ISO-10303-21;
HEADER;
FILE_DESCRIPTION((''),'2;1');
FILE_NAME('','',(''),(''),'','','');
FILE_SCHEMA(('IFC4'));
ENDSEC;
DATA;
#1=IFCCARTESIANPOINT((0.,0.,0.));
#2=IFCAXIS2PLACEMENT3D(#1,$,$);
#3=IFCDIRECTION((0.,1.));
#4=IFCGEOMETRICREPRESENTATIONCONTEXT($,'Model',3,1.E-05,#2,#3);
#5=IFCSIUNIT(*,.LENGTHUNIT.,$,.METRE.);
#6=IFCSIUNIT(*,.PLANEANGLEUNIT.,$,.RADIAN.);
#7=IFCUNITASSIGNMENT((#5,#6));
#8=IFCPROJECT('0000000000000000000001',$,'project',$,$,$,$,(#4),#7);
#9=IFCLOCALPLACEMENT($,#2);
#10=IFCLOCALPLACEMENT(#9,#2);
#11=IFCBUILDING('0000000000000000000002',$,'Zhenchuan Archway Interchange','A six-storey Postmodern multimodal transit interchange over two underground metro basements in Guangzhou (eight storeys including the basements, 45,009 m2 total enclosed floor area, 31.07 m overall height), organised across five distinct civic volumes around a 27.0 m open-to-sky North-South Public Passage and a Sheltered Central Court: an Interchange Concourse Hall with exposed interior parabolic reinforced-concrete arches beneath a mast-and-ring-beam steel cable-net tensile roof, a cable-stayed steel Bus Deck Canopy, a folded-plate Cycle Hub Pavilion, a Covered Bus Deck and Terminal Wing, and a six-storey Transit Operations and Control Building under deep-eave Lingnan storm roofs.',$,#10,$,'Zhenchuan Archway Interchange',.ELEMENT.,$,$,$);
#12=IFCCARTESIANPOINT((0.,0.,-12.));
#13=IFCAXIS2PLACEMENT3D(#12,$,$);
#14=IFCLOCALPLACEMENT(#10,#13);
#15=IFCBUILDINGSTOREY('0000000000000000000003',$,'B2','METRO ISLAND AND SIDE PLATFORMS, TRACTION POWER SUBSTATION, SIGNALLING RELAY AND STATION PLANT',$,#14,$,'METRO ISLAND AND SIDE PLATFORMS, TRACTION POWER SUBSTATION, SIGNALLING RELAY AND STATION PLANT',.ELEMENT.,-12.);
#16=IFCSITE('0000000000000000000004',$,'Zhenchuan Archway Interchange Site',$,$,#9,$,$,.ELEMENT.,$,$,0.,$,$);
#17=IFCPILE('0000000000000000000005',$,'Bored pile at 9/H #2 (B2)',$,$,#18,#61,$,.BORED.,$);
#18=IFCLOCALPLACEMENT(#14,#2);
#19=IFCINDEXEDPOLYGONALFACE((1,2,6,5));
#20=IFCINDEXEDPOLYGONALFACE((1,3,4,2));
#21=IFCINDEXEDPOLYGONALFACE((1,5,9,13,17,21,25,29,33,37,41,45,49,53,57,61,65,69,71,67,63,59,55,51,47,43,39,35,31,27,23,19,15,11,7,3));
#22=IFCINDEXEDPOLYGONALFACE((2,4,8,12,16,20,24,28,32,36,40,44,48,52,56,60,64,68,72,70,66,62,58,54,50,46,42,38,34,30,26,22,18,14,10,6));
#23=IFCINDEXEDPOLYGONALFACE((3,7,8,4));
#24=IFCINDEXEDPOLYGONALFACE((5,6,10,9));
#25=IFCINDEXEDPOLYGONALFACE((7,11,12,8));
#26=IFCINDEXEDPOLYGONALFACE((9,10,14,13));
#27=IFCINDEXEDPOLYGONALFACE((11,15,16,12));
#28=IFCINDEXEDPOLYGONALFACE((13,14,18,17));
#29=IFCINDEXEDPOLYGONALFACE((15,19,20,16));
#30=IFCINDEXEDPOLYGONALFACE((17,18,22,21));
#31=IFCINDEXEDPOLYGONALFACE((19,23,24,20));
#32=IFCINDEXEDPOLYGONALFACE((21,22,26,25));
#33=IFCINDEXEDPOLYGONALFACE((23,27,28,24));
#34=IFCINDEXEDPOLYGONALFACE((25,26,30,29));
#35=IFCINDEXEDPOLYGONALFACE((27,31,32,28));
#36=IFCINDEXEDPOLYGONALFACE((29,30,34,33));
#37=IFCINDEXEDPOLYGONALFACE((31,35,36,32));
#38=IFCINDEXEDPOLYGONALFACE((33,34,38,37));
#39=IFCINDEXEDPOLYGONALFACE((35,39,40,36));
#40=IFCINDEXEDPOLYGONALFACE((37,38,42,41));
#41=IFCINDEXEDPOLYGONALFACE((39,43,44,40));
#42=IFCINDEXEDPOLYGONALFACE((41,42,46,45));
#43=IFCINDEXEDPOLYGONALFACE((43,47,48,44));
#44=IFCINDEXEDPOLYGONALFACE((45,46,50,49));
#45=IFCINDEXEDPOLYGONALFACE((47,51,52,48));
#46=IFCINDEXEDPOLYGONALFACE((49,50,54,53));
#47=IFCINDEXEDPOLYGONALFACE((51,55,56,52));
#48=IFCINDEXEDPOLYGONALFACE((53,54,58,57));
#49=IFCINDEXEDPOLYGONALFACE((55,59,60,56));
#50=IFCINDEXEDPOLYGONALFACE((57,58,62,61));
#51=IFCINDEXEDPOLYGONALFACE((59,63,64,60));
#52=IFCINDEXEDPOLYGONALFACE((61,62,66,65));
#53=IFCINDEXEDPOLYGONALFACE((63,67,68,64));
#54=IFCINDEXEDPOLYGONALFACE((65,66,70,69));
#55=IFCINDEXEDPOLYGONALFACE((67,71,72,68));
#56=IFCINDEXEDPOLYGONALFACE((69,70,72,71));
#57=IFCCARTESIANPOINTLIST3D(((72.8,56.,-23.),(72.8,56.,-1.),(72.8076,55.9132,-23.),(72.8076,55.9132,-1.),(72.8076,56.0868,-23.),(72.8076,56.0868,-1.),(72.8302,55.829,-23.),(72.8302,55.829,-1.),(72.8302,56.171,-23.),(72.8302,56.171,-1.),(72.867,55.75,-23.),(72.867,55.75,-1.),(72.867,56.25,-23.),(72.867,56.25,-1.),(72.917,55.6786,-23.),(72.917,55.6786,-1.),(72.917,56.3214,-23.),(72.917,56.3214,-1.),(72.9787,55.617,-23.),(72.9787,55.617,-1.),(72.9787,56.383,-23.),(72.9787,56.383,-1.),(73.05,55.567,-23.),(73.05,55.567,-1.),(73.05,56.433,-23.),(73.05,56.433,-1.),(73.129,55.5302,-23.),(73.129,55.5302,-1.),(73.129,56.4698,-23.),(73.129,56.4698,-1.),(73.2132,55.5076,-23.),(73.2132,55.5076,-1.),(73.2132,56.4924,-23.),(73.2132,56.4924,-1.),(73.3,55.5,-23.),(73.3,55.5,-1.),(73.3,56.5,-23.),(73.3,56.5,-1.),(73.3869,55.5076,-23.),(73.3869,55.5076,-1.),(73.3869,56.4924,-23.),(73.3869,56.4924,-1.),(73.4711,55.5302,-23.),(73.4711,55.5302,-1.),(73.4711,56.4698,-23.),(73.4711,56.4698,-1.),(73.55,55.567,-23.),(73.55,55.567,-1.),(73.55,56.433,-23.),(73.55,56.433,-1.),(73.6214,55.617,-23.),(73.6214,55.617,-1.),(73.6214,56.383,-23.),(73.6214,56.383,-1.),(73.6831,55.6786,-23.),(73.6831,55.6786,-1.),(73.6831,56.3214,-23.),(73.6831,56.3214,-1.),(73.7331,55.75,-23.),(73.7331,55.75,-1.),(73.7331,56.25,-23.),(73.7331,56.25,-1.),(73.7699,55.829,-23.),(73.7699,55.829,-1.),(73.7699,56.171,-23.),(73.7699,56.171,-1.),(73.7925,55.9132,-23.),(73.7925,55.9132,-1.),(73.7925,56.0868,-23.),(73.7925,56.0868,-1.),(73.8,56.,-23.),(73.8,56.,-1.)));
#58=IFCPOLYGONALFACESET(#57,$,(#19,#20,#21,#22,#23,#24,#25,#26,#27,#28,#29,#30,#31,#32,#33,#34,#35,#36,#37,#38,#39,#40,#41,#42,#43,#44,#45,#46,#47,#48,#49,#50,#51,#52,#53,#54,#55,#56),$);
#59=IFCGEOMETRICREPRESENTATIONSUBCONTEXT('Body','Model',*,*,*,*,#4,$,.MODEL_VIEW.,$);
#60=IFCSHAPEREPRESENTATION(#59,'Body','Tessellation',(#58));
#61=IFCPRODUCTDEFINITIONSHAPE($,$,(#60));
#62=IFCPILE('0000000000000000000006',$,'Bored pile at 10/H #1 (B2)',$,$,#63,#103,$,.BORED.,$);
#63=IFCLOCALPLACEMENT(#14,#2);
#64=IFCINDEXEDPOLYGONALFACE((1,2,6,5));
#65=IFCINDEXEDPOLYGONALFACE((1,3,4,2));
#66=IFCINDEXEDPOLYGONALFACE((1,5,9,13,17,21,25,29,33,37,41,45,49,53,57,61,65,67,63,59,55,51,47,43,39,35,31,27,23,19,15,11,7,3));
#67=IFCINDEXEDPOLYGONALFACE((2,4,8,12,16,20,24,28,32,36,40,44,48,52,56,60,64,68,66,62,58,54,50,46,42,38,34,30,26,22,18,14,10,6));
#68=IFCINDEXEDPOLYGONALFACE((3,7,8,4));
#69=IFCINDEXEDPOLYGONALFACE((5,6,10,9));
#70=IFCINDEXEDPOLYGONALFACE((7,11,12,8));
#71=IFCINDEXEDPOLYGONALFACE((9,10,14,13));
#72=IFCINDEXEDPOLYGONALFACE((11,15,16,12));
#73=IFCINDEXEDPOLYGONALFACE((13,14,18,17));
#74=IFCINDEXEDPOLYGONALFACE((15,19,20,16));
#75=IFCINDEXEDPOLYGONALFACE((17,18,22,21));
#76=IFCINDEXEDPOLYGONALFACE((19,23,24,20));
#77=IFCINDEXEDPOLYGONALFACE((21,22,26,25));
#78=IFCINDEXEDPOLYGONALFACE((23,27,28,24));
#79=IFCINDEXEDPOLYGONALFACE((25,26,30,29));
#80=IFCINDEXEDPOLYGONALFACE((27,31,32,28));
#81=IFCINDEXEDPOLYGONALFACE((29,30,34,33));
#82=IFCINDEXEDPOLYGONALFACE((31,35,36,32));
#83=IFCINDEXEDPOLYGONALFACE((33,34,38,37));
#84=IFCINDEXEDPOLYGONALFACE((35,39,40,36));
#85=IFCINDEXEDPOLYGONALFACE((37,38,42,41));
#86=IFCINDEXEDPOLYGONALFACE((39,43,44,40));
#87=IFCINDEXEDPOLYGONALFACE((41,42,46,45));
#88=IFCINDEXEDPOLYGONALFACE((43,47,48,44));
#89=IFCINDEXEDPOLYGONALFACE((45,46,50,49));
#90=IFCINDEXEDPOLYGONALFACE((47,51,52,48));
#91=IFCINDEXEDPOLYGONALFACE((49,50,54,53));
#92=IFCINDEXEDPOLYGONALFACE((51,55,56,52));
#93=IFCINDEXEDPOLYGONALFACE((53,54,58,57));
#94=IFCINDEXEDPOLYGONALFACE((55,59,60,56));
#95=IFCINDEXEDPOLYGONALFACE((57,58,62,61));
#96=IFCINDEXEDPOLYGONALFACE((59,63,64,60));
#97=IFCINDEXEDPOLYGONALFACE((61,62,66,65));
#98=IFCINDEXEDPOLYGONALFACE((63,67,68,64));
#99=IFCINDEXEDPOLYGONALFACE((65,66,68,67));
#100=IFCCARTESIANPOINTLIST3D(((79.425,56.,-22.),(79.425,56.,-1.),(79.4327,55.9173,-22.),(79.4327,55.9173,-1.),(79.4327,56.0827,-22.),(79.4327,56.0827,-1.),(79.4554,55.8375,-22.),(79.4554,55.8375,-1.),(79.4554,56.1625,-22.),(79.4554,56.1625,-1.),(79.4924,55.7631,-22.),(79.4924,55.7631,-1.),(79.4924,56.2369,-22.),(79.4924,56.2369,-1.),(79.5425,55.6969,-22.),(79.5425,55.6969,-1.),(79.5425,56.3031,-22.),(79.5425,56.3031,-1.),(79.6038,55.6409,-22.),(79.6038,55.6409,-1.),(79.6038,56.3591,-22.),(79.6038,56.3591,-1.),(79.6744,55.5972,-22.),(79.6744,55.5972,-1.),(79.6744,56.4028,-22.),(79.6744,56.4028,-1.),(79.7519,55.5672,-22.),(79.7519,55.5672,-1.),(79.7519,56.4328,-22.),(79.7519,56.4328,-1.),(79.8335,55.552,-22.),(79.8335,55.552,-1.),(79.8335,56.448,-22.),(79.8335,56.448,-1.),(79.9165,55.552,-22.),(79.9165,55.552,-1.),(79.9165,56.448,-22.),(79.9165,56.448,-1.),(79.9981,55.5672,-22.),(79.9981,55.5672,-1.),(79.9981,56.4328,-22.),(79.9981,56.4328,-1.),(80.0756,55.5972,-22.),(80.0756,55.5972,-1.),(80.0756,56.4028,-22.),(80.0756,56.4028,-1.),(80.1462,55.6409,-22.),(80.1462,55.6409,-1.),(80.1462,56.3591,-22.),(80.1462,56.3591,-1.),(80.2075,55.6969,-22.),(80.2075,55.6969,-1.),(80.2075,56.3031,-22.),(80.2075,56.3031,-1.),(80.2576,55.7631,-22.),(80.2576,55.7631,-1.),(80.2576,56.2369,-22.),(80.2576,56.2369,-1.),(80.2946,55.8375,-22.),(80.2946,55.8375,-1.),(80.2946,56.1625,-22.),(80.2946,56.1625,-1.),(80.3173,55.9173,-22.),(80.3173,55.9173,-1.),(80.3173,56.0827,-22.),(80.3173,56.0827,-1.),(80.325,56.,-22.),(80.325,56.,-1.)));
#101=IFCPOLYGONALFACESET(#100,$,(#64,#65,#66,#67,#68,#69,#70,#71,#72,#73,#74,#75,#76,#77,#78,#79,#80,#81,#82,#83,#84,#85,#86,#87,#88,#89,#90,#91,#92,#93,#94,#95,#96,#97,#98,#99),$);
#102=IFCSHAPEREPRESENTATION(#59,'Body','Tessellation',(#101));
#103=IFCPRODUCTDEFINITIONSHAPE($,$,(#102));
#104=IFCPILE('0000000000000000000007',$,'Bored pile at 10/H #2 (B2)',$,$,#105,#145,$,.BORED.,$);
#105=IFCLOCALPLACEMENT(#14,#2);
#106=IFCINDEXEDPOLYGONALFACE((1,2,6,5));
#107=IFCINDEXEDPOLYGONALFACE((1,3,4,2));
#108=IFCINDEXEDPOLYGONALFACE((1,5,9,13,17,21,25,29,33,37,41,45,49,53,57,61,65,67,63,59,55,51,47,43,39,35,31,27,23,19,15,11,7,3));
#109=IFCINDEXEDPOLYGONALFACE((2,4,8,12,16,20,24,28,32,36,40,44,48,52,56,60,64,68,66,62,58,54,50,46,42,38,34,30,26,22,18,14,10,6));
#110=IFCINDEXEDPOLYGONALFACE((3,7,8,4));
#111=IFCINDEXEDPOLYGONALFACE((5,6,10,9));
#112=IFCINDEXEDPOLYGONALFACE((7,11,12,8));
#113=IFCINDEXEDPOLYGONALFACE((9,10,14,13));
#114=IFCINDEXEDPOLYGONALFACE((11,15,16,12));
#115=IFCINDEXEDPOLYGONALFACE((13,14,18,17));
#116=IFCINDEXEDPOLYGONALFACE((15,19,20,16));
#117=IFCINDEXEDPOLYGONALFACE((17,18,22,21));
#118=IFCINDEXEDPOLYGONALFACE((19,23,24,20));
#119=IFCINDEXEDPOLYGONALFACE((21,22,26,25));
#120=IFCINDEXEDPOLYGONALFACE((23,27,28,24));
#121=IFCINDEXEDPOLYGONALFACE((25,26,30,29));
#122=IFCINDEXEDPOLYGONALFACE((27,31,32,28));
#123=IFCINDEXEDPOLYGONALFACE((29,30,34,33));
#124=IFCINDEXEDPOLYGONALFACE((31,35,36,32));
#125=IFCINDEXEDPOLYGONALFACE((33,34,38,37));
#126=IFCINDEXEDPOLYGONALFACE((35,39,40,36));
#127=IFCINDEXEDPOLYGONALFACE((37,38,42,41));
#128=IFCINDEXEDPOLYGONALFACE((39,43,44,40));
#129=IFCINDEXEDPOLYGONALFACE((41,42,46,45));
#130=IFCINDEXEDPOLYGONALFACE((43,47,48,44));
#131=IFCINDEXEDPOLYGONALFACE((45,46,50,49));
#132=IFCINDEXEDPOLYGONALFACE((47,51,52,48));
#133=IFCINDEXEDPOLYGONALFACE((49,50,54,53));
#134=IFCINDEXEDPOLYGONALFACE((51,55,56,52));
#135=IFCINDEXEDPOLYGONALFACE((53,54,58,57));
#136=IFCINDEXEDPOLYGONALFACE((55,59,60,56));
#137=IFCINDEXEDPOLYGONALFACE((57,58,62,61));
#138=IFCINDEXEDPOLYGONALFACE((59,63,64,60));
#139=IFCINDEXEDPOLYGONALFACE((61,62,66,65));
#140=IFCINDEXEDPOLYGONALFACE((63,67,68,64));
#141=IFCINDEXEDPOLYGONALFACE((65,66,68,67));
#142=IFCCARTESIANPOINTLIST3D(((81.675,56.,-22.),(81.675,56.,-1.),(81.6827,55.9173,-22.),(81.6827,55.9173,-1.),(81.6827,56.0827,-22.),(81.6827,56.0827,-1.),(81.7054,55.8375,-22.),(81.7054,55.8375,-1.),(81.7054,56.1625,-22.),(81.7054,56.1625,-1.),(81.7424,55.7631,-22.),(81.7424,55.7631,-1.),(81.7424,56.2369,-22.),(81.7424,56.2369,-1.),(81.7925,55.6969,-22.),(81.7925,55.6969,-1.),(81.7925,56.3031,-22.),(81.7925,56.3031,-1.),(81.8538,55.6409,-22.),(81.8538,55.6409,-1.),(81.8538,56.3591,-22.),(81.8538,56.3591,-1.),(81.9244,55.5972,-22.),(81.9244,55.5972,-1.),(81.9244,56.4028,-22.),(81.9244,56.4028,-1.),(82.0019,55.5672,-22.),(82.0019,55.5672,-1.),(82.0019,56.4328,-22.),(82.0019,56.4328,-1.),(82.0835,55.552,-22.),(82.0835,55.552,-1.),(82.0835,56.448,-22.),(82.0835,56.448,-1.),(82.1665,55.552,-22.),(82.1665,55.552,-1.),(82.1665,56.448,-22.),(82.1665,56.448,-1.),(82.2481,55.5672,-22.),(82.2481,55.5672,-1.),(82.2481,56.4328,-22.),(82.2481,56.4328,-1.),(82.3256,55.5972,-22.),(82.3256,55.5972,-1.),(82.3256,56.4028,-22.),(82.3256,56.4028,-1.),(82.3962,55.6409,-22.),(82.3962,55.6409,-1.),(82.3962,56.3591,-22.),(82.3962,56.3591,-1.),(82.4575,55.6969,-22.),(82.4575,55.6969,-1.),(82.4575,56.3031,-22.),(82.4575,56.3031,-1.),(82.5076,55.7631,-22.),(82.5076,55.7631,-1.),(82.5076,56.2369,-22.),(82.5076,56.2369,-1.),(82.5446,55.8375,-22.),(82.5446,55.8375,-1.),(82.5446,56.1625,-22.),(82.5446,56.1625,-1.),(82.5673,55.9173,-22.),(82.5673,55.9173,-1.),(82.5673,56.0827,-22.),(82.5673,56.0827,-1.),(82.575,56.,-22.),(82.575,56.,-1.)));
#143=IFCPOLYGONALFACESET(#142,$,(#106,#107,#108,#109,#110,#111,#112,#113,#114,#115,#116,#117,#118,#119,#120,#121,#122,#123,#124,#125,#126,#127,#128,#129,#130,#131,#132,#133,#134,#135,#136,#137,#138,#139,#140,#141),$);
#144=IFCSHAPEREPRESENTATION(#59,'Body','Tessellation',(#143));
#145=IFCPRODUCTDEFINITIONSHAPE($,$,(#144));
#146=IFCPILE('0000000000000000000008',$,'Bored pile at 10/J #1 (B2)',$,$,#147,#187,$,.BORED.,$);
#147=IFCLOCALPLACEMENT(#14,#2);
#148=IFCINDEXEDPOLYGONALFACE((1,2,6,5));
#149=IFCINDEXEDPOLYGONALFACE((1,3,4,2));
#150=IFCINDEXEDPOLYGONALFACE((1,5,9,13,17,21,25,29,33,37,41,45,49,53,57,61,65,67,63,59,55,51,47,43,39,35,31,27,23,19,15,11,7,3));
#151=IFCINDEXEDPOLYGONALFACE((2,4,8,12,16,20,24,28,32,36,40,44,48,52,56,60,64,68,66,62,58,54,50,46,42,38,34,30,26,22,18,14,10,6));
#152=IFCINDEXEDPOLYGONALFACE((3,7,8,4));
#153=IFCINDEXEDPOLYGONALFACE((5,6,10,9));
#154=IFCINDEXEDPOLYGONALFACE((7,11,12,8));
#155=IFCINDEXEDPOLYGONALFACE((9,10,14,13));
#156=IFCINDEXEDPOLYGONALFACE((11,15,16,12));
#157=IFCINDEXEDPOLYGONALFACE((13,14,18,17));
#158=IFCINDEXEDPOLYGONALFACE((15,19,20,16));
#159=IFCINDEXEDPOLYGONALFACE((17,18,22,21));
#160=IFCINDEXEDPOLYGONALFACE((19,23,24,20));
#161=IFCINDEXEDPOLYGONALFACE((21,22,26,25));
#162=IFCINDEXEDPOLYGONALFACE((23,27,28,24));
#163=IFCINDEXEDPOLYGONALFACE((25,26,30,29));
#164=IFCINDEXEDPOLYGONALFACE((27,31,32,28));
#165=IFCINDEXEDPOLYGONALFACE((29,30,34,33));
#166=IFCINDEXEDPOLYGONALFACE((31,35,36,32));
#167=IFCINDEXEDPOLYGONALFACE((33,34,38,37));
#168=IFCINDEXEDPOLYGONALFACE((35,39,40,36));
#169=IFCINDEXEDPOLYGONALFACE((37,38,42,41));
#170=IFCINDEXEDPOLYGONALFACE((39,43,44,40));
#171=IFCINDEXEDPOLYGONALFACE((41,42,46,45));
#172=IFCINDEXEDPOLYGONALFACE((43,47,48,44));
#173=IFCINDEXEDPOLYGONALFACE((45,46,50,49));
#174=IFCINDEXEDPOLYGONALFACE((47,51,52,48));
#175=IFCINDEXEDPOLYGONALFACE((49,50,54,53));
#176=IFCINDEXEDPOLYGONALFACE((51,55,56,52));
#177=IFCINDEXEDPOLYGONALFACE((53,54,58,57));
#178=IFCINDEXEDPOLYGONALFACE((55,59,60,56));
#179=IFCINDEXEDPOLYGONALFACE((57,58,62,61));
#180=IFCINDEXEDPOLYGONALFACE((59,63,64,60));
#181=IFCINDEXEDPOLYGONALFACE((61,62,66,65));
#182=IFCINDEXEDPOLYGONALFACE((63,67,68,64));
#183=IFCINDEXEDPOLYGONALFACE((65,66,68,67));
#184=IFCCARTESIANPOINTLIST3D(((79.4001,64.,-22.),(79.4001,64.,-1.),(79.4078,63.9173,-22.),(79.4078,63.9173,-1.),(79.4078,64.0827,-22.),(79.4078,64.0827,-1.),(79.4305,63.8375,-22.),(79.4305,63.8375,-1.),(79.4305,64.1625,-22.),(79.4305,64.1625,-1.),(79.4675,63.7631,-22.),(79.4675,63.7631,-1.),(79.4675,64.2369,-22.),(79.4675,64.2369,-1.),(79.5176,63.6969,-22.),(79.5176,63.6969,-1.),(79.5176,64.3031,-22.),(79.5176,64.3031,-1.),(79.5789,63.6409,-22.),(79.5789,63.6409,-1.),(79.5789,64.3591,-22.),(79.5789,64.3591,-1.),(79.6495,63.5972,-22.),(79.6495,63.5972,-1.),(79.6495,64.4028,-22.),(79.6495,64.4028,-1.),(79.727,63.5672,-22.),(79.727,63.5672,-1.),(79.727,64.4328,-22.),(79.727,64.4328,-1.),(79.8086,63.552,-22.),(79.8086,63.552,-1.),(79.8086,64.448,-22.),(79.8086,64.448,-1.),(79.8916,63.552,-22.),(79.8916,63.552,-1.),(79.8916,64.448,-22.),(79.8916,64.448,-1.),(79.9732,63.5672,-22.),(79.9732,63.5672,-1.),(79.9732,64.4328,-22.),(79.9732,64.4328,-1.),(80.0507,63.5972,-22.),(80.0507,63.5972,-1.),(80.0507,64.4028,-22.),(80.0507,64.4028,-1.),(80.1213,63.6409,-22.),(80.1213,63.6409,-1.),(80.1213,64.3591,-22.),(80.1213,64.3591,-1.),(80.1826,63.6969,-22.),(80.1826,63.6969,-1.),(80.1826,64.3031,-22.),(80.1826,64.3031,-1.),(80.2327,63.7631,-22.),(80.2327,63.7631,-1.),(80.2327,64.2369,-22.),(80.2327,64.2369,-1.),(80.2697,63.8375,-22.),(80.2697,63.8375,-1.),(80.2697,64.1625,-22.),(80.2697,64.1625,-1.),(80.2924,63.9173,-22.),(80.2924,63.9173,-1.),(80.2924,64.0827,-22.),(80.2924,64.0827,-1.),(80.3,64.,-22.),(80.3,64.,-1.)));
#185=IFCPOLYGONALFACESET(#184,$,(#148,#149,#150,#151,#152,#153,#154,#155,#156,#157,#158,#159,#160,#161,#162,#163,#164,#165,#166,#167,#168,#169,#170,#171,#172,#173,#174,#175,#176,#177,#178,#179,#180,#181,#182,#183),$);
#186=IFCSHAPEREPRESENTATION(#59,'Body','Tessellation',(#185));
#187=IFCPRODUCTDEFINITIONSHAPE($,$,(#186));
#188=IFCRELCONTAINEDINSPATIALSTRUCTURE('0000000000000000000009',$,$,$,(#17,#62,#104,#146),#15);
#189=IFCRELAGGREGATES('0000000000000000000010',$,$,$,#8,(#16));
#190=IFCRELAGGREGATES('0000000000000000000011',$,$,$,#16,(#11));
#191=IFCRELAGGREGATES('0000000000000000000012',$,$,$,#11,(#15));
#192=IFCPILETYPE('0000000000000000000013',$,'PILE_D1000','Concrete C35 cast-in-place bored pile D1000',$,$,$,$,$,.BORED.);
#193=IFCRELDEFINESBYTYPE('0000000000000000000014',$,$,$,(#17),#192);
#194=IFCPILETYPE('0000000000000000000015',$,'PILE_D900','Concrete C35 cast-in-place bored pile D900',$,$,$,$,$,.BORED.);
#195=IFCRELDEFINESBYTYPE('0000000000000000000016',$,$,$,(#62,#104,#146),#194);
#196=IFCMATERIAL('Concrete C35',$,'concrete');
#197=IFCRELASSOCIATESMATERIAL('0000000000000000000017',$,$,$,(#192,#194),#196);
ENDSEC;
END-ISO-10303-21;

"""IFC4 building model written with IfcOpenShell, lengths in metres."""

from ifc_helpers import new_model, si_unit, direction, frame, origin, origin_2d, place, context, subcontext, project, spatial, circle, extrude, material, material_profile, profile_set, type_object, element, save


model = new_model("IFC4")

# Units and contexts
model_context = context("Model", 3, precision=1e-05, world=origin(), true_north=direction((0.0, 1.0)))
body_context = subcontext(model_context, "Body", "Model", "MODEL_VIEW")
ifc_project = project(units=[si_unit("LENGTHUNIT", "METRE"), si_unit("PLANEANGLEUNIT", "RADIAN")], contexts=[model_context])

# Site, building, storey
site_placement = place(None, origin())
site = spatial("IfcSite", under=ifc_project, at=site_placement, Name="Zhenchuan Archway Interchange Site", CompositionType="ELEMENT", RefElevation=0.0)
building_placement = place(site_placement, origin())
building = spatial("IfcBuilding", under=site, at=building_placement, Name="Zhenchuan Archway Interchange", Description="A six-storey Postmodern multimodal transit interchange over two underground metro basements in Guangzhou (eight storeys including the basements, 45,009 m2 total enclosed floor area, 31.07 m overall height), organised across five distinct civic volumes around a 27.0 m open-to-sky North-South Public Passage and a Sheltered Central Court: an Interchange Concourse Hall with exposed interior parabolic reinforced-concrete arches beneath a mast-and-ring-beam steel cable-net tensile roof, a cable-stayed steel Bus Deck Canopy, a folded-plate Cycle Hub Pavilion, a Covered Bus Deck and Terminal Wing, and a six-storey Transit Operations and Control Building under deep-eave Lingnan storm roofs.", LongName="Zhenchuan Archway Interchange", CompositionType="ELEMENT")
storey_placement = place(building_placement, frame((0.0, 0.0, -12.0)))
storey = spatial("IfcBuildingStorey", under=building, at=storey_placement, Name="B2", Description="METRO ISLAND AND SIDE PLATFORMS, TRACTION POWER SUBSTATION, SIGNALLING RELAY AND STATION PLANT", LongName="METRO ISLAND AND SIDE PLATFORMS, TRACTION POWER SUBSTATION, SIGNALLING RELAY AND STATION PLANT", CompositionType="ELEMENT", Elevation=-12.0)

# Piles
ifc_material_1 = material(Name="Concrete C35", Category="concrete")
ifc_material_profile_1 = material_profile(ifc_material_1, circle(Radius=0.5, at=origin_2d()), Name="BORED PILE 1000")
ifc_profile_set_1 = profile_set([ifc_material_profile_1], Name="Concrete C35")
pile_type_1 = type_object("IfcPileType", Name="PILE_D1000", Description="Concrete C35 cast-in-place bored pile D1000", PredefinedType="BORED", material=ifc_profile_set_1)
for number, where, z_axis, x_axis, name in (
    (1, (73.3, 56.0, -1.0), (0.0, 0.0, -1.0), (1.0, 0.0, 0.0), "Bored pile at 9/H #2 (B2)"),
):
    element("IfcPile", number, at=place(storey_placement, frame(where, z_axis=z_axis, x_axis=x_axis)), inside=storey, type_object=pile_type_1, Name=name, PredefinedType="BORED", context=body_context, shape_type="SweptSolid", body=[
        extrude(circle(Radius=0.5, at=origin_2d()), origin(), (0.0, 0.0, 1.0), 22.0),
    ])
ifc_material_profile_2 = material_profile(ifc_material_1, circle(Radius=0.45, at=origin_2d()), Name="BORED PILE 900")
ifc_profile_set_2 = profile_set([ifc_material_profile_2], Name="Concrete C35")
pile_type_2 = type_object("IfcPileType", Name="PILE_D900", Description="Concrete C35 cast-in-place bored pile D900", PredefinedType="BORED", material=ifc_profile_set_2)
for number, where, z_axis, x_axis, name in (
    (2, (79.875, 56.0, -1.0), (0.0, 0.0, -1.0), (1.0, 0.0, 0.0), "Bored pile at 10/H #1 (B2)"),
    (3, (82.125, 56.0, -1.0), (0.0, 0.0, -1.0), (1.0, 0.0, 0.0), "Bored pile at 10/H #2 (B2)"),
    (4, (79.8501, 64.0, -1.0), (0.0, 0.0, -1.0), (1.0, 0.0, 0.0), "Bored pile at 10/J #1 (B2)"),
):
    element("IfcPile", number, at=place(storey_placement, frame(where, z_axis=z_axis, x_axis=x_axis)), inside=storey, type_object=pile_type_2, Name=name, PredefinedType="BORED", context=body_context, shape_type="SweptSolid", body=[
        extrude(circle(Radius=0.45, at=origin_2d()), origin(), (0.0, 0.0, 1.0), 21.0),
    ])

save(model, "model.ifc")
